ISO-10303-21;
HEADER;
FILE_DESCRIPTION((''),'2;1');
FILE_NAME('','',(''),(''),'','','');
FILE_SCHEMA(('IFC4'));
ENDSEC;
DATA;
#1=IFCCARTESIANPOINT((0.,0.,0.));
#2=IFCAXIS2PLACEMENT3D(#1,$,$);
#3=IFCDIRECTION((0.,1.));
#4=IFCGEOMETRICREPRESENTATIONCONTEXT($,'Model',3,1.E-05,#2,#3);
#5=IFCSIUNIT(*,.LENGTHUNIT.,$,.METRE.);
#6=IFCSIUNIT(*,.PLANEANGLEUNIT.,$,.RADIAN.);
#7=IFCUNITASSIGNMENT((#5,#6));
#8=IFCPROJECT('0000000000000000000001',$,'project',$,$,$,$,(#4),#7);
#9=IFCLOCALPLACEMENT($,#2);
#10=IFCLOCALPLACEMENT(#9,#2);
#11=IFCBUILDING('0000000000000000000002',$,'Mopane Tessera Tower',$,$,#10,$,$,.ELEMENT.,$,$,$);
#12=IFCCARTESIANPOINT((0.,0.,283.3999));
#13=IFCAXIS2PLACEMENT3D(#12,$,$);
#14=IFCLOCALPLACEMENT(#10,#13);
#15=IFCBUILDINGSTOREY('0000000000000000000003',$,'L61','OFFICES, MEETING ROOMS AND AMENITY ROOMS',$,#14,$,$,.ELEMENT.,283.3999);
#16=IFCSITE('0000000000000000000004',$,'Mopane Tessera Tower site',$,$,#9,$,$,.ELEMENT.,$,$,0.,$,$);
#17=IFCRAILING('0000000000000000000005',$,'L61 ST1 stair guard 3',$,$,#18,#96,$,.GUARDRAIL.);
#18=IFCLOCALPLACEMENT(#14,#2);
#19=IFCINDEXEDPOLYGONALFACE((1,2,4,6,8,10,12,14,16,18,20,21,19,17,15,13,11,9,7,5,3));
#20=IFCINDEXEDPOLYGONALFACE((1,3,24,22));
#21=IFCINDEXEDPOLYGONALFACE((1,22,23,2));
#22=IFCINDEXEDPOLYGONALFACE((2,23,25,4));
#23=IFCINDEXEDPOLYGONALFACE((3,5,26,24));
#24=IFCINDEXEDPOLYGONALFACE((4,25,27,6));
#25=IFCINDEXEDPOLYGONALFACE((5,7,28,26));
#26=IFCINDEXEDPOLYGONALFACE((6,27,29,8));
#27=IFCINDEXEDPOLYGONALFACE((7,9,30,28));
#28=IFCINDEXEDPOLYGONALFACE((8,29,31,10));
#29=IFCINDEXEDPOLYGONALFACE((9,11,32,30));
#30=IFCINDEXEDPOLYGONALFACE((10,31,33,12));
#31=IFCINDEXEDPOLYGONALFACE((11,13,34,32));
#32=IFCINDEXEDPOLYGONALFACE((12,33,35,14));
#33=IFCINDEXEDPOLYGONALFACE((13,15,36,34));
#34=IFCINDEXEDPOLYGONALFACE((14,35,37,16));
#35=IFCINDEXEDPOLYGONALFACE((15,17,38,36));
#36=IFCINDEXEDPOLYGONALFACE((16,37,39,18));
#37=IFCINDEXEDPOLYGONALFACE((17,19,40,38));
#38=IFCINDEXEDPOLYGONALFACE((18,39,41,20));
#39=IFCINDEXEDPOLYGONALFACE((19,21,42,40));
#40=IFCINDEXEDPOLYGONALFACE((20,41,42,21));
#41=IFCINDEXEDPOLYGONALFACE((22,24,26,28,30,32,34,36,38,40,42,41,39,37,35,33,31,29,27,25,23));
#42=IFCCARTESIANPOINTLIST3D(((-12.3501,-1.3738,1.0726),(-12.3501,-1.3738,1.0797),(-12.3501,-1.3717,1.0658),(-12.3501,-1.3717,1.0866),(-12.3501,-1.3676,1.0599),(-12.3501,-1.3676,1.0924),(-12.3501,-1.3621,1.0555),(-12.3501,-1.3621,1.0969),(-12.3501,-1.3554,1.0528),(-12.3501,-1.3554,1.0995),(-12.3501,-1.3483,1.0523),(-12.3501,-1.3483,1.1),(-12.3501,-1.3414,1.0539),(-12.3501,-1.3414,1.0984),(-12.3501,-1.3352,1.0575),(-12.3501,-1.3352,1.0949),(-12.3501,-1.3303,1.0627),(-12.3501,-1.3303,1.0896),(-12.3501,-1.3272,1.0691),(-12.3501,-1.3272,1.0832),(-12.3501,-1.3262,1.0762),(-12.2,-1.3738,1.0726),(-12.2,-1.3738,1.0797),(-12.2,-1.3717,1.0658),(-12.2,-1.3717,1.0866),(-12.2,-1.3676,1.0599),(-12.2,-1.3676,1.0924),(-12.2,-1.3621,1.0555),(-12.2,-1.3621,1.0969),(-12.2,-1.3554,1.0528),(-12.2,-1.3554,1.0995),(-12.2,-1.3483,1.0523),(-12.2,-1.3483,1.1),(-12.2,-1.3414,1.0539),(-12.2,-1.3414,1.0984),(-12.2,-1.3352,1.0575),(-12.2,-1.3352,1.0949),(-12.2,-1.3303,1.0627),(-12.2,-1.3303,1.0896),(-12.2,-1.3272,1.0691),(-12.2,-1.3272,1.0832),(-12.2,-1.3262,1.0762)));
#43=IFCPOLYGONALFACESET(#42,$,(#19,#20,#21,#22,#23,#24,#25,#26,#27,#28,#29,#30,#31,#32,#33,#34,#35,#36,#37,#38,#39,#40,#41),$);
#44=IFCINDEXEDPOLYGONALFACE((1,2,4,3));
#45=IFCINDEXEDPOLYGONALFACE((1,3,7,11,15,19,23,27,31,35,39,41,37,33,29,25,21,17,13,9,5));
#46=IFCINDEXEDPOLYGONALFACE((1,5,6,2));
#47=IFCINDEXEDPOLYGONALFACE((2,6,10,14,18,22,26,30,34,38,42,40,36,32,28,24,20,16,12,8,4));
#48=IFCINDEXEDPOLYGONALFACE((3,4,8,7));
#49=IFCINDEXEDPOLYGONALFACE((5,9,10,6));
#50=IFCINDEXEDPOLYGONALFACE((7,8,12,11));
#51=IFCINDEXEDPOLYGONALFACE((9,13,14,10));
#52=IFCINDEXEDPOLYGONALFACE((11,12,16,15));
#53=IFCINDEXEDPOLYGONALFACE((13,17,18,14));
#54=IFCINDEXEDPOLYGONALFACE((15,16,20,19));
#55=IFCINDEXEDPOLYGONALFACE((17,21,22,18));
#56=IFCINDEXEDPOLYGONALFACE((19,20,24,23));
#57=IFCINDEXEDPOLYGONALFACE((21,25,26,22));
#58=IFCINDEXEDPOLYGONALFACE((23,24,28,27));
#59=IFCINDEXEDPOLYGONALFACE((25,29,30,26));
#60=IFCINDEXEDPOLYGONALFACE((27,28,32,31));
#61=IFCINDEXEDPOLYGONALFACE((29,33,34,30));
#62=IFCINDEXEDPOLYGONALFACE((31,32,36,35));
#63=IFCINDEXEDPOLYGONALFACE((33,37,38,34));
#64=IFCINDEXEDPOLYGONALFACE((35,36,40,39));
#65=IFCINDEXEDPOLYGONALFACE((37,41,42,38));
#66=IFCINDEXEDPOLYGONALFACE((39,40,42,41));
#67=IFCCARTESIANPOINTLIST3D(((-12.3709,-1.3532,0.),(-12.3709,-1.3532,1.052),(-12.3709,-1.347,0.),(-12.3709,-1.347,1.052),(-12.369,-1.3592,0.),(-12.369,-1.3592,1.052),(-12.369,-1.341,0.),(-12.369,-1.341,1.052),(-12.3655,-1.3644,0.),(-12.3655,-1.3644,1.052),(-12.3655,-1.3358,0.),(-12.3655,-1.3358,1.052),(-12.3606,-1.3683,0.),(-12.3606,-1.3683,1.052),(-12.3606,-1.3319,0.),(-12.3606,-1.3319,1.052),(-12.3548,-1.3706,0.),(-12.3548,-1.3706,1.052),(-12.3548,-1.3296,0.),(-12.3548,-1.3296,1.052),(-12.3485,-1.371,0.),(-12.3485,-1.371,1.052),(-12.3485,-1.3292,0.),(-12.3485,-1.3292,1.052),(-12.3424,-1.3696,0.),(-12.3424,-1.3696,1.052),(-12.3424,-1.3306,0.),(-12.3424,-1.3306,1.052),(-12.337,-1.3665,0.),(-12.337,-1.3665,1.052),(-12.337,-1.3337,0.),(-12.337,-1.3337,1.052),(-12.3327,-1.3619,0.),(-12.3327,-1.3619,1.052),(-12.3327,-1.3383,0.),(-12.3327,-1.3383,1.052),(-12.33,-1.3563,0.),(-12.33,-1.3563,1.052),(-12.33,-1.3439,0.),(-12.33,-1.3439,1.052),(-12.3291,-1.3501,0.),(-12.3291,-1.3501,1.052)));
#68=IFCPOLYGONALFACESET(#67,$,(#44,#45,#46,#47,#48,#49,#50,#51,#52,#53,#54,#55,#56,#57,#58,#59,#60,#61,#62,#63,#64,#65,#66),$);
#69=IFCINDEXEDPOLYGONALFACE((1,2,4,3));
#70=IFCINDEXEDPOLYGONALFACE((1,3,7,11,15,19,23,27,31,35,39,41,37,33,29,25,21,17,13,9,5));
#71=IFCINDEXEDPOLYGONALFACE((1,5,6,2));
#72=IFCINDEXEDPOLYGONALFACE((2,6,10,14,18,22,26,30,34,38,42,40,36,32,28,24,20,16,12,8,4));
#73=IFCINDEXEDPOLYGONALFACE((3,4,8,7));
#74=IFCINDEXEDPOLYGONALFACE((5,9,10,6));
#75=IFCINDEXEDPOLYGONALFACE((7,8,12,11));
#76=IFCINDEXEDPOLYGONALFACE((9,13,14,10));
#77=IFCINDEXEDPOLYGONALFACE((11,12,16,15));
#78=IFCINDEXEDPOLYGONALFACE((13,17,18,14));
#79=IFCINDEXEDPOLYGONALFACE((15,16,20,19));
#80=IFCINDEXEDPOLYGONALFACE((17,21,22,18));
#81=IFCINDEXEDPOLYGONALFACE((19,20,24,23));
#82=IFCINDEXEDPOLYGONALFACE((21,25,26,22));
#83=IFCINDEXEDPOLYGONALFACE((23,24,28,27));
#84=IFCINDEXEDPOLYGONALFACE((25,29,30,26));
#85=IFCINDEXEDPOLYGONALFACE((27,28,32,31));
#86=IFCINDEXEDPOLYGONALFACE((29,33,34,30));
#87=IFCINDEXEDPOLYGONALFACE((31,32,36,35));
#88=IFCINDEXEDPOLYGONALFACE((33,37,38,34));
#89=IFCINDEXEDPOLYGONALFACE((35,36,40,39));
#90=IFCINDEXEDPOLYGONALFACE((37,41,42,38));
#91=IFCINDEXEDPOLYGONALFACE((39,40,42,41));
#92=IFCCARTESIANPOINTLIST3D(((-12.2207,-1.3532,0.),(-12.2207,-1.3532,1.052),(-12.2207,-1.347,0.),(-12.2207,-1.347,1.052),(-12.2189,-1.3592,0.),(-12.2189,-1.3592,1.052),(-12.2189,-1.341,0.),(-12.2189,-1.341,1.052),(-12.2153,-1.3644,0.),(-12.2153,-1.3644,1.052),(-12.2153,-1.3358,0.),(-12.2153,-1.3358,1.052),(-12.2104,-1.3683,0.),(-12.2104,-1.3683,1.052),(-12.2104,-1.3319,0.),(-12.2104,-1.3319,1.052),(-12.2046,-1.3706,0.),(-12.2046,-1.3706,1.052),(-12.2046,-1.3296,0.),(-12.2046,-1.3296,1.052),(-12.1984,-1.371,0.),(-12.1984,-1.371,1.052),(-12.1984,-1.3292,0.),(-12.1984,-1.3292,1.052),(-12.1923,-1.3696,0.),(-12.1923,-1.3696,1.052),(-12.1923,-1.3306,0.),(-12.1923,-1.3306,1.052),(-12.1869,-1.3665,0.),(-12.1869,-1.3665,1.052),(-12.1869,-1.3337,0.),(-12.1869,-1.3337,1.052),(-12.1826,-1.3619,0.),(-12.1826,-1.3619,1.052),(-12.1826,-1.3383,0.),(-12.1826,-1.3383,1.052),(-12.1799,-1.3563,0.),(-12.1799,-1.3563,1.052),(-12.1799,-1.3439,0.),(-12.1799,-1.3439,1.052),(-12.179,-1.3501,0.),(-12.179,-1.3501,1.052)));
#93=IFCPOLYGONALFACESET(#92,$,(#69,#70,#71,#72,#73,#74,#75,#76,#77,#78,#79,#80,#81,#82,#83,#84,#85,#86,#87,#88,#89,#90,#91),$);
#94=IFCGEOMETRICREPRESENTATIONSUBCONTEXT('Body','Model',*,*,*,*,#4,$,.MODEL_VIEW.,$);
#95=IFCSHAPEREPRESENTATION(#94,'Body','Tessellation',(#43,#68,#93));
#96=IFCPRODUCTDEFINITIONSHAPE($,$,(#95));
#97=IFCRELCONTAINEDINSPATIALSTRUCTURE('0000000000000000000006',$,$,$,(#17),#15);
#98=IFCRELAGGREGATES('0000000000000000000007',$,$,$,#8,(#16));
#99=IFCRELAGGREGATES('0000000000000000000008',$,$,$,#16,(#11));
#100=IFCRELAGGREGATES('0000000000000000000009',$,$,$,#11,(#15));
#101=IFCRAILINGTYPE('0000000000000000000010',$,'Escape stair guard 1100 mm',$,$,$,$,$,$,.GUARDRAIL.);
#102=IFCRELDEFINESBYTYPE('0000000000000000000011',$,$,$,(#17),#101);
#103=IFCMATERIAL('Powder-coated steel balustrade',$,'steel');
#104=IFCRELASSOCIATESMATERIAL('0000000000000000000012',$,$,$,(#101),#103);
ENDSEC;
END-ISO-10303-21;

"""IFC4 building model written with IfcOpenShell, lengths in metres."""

from ifc_helpers import new_model, si_unit, direction, frame, origin, origin_2d, place, context, subcontext, project, spatial, circle, extrude, material, type_object, element, save


model = new_model("IFC4")

# Units and contexts
model_context = context("Model", 3, precision=1e-05, world=origin(), true_north=direction((0.0, 1.0)))
body_context = subcontext(model_context, "Body", "Model", "MODEL_VIEW")
ifc_project = project(units=[si_unit("LENGTHUNIT", "METRE"), si_unit("PLANEANGLEUNIT", "RADIAN")], contexts=[model_context])

# Site, building, storey
site_placement = place(None, origin())
site = spatial("IfcSite", under=ifc_project, at=site_placement, Name="Mopane Tessera Tower site", CompositionType="ELEMENT", RefElevation=0.0)
building_placement = place(site_placement, origin())
building = spatial("IfcBuilding", under=site, at=building_placement, Name="Mopane Tessera Tower", CompositionType="ELEMENT")
storey_placement = place(building_placement, frame((0.0, 0.0, 283.3999)))
storey = spatial("IfcBuildingStorey", under=building, at=storey_placement, Name="L61", Description="OFFICES, MEETING ROOMS AND AMENITY ROOMS", CompositionType="ELEMENT", Elevation=283.3999)

# Railing
ifc_material_1 = material(Name="Powder-coated steel balustrade", Category="steel")
railing_type_1 = type_object("IfcRailingType", Name="Escape stair guard 1100 mm", PredefinedType="GUARDRAIL", material=ifc_material_1)
railing_1_placement = place(storey_placement, frame((-12.3501, -1.3501, 0.0)))
element("IfcRailing", 1, at=railing_1_placement, inside=storey, type_object=railing_type_1, Name="L61 ST1 stair guard 3", PredefinedType="GUARDRAIL", context=body_context, shape_type="SweptSolid", body=[
    extrude(circle(Radius=0.0239, at=origin_2d()), frame((0.0, 0.0, 1.0762), z_axis=(1.0, 0.0, 0.0), x_axis=(0.0, 1.0, 0.0)), (0.0, 0.0, 1.0), 0.1501),
    extrude(circle(Radius=0.021, at=origin_2d()), origin(), (0.0, 0.0, 1.0), 1.052),
    extrude(circle(Radius=0.021, at=origin_2d()), frame((0.1501, 0.0, 0.0)), (0.0, 0.0, 1.0), 1.052),
])

save(model, "model.ifc")
